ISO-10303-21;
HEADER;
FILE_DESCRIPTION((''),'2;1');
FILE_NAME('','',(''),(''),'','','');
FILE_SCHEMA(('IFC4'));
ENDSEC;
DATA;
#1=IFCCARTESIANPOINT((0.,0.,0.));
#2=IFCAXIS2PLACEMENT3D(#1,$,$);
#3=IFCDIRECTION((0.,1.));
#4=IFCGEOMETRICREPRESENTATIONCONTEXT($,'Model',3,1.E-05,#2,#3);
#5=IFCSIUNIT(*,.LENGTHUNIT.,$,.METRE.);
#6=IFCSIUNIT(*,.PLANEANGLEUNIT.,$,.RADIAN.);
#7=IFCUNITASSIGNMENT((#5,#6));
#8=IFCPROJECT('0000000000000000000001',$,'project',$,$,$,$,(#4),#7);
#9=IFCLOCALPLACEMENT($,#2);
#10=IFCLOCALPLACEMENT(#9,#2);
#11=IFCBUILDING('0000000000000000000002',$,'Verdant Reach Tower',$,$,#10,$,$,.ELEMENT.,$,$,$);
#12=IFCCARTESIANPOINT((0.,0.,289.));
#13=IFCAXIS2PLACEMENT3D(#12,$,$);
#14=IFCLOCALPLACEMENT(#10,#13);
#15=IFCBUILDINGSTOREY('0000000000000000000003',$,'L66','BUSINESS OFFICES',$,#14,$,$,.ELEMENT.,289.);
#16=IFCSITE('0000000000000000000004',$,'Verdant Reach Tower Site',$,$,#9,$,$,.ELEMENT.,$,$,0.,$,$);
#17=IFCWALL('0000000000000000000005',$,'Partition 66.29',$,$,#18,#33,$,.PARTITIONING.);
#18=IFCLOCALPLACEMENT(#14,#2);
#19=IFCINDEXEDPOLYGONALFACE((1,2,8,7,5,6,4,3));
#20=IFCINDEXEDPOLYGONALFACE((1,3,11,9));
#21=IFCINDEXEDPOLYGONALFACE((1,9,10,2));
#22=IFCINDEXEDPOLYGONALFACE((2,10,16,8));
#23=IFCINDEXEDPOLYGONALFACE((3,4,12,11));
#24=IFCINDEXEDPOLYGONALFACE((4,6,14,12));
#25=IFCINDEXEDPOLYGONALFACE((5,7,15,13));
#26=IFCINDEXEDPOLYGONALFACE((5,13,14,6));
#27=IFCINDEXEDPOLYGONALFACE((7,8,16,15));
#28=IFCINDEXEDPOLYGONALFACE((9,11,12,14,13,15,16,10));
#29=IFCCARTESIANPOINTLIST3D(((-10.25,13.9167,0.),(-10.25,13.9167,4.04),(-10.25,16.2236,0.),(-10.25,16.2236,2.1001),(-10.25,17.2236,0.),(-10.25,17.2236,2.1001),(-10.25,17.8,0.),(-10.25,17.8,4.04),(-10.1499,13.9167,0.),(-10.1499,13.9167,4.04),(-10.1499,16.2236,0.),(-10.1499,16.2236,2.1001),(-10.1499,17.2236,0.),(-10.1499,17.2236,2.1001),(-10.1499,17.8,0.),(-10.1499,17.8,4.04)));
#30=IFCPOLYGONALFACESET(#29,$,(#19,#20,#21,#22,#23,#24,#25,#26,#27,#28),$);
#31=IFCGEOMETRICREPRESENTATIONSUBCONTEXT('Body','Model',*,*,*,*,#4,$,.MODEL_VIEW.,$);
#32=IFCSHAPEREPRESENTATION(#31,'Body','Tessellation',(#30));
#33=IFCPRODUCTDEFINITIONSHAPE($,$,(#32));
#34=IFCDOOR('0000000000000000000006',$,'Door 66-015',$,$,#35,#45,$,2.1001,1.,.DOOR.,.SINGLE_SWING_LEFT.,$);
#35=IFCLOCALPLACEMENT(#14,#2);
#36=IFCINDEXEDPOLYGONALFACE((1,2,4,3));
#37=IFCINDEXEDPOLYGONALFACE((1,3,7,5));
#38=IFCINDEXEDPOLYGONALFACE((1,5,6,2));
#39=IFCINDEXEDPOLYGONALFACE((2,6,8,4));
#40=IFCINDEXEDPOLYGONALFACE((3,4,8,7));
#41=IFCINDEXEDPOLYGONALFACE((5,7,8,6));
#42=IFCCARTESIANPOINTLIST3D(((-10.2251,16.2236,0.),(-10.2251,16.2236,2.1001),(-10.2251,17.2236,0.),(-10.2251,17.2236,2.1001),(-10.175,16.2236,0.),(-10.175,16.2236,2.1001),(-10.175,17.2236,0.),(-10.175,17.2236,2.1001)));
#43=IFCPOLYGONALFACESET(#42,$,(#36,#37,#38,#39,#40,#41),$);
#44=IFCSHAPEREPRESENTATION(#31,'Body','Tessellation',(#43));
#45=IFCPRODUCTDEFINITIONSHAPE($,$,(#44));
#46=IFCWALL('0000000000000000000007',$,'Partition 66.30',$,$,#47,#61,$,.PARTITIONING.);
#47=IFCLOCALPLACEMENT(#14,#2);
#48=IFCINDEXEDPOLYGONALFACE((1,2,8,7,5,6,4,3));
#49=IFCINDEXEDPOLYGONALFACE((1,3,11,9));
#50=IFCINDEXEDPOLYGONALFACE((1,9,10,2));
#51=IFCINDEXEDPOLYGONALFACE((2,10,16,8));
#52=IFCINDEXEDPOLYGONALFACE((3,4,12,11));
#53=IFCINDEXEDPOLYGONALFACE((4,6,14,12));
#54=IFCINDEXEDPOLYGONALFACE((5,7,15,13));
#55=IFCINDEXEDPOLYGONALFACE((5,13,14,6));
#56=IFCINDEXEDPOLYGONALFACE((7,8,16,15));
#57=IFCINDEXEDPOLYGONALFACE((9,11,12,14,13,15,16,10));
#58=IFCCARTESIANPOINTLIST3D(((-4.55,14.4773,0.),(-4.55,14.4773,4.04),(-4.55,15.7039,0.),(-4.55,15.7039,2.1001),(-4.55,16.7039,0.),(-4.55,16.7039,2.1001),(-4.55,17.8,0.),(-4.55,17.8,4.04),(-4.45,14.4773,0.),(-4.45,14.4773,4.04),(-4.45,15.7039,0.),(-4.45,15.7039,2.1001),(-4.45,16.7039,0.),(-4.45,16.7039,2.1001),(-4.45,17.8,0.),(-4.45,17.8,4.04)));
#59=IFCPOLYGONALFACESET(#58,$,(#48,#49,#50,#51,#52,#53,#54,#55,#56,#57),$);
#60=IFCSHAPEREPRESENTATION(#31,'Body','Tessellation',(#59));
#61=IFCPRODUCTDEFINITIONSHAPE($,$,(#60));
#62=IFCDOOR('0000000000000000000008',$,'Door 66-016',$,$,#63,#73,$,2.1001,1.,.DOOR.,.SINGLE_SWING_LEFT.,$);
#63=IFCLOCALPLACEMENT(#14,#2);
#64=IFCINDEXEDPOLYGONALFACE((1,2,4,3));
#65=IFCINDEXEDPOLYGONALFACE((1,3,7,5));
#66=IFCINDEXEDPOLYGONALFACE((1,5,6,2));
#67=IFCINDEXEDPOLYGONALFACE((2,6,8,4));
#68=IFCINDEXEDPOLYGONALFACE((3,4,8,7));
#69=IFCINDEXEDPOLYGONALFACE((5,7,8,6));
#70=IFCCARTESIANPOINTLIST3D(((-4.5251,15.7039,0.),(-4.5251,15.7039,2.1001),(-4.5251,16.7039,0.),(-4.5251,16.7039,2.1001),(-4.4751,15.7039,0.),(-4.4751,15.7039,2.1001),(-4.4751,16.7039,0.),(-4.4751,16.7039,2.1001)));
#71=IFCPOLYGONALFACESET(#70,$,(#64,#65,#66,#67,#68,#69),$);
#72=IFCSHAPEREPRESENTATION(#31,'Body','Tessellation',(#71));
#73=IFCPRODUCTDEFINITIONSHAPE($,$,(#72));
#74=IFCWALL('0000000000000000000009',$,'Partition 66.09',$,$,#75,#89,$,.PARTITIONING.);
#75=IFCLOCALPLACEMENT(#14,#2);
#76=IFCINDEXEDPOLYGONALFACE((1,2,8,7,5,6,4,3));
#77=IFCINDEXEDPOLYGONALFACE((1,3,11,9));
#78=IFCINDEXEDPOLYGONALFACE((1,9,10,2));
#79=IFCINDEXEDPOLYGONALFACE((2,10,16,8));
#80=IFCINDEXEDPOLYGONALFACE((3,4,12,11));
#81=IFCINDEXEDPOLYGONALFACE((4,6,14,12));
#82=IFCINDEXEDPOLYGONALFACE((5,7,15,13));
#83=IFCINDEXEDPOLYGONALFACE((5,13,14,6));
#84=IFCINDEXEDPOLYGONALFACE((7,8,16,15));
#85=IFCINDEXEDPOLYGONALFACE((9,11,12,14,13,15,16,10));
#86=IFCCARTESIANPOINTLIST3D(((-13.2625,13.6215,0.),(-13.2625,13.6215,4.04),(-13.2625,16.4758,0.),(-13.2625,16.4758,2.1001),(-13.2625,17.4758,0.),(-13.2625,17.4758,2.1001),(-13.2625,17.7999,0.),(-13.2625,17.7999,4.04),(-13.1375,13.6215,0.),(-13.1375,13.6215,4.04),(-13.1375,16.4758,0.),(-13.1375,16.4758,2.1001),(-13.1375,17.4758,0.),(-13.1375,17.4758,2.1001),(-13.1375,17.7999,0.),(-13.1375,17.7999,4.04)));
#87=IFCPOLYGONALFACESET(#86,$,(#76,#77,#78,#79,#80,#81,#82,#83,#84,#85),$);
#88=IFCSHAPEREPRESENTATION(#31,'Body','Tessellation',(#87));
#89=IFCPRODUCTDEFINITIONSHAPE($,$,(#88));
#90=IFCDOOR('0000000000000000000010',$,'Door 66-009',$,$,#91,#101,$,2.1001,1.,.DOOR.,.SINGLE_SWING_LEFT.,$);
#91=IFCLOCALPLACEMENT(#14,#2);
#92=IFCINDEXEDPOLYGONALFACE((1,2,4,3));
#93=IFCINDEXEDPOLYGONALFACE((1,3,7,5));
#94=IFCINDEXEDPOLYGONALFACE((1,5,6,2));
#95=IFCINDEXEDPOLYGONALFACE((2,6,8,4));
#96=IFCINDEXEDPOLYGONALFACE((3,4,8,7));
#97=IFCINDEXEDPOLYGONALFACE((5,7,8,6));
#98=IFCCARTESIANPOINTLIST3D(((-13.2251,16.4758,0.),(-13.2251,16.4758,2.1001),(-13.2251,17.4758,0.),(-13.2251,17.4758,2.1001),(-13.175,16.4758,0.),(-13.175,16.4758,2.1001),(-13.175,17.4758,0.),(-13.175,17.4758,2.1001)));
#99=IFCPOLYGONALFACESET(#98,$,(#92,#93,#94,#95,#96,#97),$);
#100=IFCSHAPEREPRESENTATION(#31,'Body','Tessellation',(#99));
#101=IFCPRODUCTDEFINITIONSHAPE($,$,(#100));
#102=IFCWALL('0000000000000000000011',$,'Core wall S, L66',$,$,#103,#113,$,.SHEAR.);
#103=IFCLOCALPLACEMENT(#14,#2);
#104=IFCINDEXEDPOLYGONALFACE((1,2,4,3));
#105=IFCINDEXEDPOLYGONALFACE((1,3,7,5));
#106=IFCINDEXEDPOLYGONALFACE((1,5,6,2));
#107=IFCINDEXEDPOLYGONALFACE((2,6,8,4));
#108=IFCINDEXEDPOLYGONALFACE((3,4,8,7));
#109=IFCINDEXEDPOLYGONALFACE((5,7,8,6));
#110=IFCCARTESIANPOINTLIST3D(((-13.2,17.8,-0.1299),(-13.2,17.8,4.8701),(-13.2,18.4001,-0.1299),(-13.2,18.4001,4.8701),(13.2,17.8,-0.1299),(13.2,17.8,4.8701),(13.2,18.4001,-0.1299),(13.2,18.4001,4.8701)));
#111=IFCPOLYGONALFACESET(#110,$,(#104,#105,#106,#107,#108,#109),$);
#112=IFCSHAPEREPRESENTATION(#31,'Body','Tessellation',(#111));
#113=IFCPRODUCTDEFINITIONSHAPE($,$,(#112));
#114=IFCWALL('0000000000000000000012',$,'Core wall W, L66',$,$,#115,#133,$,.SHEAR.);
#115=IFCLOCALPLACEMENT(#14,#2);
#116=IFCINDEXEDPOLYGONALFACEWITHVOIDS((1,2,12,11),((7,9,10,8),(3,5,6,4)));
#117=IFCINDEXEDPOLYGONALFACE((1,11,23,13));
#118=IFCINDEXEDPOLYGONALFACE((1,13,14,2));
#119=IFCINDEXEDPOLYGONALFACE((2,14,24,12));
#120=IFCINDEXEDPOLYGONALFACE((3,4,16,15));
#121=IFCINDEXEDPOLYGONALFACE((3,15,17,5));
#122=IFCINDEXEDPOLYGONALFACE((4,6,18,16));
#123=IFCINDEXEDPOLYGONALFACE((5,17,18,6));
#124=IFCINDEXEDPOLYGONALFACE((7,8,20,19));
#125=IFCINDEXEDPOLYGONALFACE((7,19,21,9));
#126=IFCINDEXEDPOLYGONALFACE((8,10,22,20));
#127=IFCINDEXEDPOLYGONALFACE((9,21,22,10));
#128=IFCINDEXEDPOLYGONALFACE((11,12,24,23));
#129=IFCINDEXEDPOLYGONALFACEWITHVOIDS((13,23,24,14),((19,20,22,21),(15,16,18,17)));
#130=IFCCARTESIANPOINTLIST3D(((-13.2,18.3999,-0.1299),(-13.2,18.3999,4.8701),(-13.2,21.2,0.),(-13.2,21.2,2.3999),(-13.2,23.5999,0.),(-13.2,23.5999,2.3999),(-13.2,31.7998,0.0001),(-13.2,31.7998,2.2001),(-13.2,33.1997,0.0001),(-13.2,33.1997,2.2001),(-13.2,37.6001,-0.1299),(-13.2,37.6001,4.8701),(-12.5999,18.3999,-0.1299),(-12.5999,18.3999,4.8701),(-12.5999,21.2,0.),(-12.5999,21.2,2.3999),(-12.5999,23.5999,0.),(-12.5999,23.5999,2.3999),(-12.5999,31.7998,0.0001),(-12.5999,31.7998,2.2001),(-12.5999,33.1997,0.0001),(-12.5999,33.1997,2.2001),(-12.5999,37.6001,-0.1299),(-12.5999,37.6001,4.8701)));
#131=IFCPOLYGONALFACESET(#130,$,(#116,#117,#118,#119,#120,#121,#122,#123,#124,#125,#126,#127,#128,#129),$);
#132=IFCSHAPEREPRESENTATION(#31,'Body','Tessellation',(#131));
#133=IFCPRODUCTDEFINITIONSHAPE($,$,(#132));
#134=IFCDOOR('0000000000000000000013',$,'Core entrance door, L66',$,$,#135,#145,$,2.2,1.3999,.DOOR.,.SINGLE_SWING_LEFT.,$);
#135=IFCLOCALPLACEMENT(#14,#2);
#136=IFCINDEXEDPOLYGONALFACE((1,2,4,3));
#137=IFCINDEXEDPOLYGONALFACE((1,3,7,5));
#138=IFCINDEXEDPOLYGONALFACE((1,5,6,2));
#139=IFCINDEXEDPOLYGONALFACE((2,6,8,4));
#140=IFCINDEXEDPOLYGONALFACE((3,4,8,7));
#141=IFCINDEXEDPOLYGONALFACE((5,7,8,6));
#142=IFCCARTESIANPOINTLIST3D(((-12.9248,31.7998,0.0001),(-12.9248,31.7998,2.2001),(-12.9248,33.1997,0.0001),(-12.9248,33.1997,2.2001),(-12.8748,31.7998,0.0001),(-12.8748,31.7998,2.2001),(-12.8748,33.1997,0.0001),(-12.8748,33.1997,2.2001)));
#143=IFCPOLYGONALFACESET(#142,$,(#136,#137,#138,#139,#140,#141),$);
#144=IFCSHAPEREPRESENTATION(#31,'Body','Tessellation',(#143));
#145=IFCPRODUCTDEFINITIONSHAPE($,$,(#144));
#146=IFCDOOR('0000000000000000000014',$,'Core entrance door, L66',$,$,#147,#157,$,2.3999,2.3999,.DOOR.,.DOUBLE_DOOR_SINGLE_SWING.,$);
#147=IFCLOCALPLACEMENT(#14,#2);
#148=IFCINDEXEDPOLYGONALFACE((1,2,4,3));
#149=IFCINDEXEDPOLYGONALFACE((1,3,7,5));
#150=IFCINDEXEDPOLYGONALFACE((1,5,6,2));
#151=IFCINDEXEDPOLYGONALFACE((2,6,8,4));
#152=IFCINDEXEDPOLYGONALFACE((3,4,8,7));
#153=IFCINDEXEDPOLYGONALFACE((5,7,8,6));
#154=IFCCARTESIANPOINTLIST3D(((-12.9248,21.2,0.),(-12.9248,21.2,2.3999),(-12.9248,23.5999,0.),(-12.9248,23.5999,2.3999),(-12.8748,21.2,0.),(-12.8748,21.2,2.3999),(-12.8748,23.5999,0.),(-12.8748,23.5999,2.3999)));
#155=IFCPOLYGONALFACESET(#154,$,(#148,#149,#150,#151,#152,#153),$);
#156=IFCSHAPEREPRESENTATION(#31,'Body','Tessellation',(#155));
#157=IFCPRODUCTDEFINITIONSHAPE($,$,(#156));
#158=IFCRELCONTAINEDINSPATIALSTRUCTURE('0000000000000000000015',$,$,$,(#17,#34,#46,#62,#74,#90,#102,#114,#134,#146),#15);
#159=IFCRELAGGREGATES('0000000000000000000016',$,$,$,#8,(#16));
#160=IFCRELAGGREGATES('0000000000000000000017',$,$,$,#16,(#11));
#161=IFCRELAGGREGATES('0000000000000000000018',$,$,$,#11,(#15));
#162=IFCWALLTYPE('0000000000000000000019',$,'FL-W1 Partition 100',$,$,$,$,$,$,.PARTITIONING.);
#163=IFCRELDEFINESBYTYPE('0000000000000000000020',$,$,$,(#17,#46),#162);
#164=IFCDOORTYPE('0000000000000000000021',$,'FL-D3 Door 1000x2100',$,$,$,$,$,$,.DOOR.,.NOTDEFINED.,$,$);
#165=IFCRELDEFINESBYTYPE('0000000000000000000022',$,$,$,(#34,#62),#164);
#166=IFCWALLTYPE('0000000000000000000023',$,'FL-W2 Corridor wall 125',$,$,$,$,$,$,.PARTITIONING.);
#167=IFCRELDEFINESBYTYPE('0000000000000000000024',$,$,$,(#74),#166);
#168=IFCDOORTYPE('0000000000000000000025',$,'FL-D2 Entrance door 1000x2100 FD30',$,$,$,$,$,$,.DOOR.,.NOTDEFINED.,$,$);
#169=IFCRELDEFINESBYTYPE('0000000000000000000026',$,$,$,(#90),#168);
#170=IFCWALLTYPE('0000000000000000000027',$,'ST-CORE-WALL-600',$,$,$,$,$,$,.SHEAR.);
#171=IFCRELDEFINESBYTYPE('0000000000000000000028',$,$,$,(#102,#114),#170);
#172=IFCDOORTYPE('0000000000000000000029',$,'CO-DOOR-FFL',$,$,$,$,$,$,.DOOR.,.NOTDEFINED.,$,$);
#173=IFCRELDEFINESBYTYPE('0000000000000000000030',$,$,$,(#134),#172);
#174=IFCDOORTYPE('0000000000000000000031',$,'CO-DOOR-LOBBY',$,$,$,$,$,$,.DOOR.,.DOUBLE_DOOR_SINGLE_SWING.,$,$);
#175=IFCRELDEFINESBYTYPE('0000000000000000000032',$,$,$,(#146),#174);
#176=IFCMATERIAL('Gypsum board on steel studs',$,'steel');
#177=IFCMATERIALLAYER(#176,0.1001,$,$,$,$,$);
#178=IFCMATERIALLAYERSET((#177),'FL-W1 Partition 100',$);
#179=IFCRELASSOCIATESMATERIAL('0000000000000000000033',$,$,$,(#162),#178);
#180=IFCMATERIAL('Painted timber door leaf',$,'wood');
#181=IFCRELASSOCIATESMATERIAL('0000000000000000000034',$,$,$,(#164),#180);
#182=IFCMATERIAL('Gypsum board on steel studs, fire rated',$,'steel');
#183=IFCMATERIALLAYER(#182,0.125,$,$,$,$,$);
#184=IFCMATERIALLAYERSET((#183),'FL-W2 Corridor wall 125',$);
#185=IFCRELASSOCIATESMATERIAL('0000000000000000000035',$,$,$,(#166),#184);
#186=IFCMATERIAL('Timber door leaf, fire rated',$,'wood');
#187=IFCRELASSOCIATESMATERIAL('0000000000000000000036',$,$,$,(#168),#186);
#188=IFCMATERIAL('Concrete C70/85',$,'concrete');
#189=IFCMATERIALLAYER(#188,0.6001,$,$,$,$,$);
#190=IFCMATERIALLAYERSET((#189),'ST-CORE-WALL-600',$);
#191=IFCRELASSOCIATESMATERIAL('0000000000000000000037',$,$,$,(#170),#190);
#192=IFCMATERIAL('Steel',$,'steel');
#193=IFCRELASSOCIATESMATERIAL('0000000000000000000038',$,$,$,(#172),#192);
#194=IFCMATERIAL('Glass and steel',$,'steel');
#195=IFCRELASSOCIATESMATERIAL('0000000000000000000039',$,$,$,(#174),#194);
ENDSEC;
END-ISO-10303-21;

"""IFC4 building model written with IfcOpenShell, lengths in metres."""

from ifc_helpers import new_model, si_unit, direction, frame, frame_2d, origin, place, context, subcontext, project, spatial, rectangle, extrude, material, layer, layer_set, type_object, element, fill, save


model = new_model("IFC4")

# Units and contexts
model_context = context("Model", 3, precision=1e-05, world=origin(), true_north=direction((0.0, 1.0)))
body_context = subcontext(model_context, "Body", "Model", "MODEL_VIEW")
ifc_project = project(units=[si_unit("LENGTHUNIT", "METRE"), si_unit("PLANEANGLEUNIT", "RADIAN")], contexts=[model_context])

# Site, building, storey
site_placement = place(None, origin())
site = spatial("IfcSite", under=ifc_project, at=site_placement, Name="Verdant Reach Tower Site", CompositionType="ELEMENT", RefElevation=0.0)
building_placement = place(site_placement, origin())
building = spatial("IfcBuilding", under=site, at=building_placement, Name="Verdant Reach Tower", CompositionType="ELEMENT")
storey_placement = place(building_placement, frame((0.0, 0.0, 289.0)))
storey = spatial("IfcBuildingStorey", under=building, at=storey_placement, Name="L66", Description="BUSINESS OFFICES", CompositionType="ELEMENT", Elevation=289.0)

# Shared definitions
ifc_material_1 = material(Name="Gypsum board on steel studs", Category="steel")

# Walls, openings, doors
ifc_layer_1 = layer(ifc_material_1, 0.1001)
ifc_layer_set_1 = layer_set([ifc_layer_1], Name="FL-W1 Partition 100")
wall_type_1 = type_object("IfcWallType", Name="FL-W1 Partition 100", PredefinedType="PARTITIONING", material=ifc_layer_set_1)
wall_1_placement = place(storey_placement, frame((-10.2, 17.8, 0.0), z_axis=(0.0, 0.0, 1.0), x_axis=(0.0, -1.0, 0.0)))
wall_1 = element("IfcWall", 1, at=wall_1_placement, inside=storey, type_object=wall_type_1, Name="Partition 66.29", PredefinedType="PARTITIONING", context=body_context, shape_type="SweptSolid", body=[
    extrude(rectangle(XDim=3.8833, YDim=0.1001, at=frame_2d((1.9417, 0.0))), origin(), (0.0, 0.0, 1.0), 4.04),
])
opening_1_placement = place(wall_1_placement, frame((0.5764, 0.0, 0.0)))
opening_1 = element("IfcOpeningElement", 2, at=opening_1_placement, cuts=wall_1, PredefinedType="OPENING", context=body_context, shape_type="SweptSolid", body=[
    extrude(rectangle(XDim=1.0, YDim=2.1001, at=frame_2d((0.5, 1.05))), frame((0.0, 0.0601, 0.0), z_axis=(0.0, -1.0, 0.0), x_axis=(1.0, 0.0, 0.0)), (0.0, 0.0, 1.0), 0.1201),
])
ifc_material_2 = material(Name="Painted timber door leaf", Category="wood")
door_type_1 = type_object("IfcDoorType", Name="FL-D3 Door 1000x2100", OperationType="NOTDEFINED", PredefinedType="DOOR", material=ifc_material_2)
door_1_placement = place(opening_1_placement, origin())
door_1 = element("IfcDoor", 3, at=door_1_placement, inside=storey, type_object=door_type_1, Name="Door 66-015", OperationType="SINGLE_SWING_LEFT", OverallHeight=2.1001, OverallWidth=1.0, PredefinedType="DOOR", context=body_context, shape_type="SweptSolid", body=[
    extrude(rectangle(XDim=1.0, YDim=2.1001, at=frame_2d((0.5, 1.05))), frame((0.0, 0.0249, 0.0), z_axis=(0.0, -1.0, 0.0), x_axis=(1.0, 0.0, 0.0)), (0.0, 0.0, 1.0), 0.05),
])
fill(opening_1, door_1)
wall_2_placement = place(storey_placement, frame((-4.5, 17.8, 0.0), z_axis=(0.0, 0.0, 1.0), x_axis=(0.0, -1.0, 0.0)))
wall_2 = element("IfcWall", 4, at=wall_2_placement, inside=storey, type_object=wall_type_1, Name="Partition 66.30", PredefinedType="PARTITIONING", context=body_context, shape_type="SweptSolid", body=[
    extrude(rectangle(XDim=3.3228, YDim=0.1001, at=frame_2d((1.6614, 0.0))), origin(), (0.0, 0.0, 1.0), 4.04),
])
opening_2_placement = place(wall_2_placement, frame((1.0962, 0.0, 0.0)))
opening_2 = element("IfcOpeningElement", 5, at=opening_2_placement, cuts=wall_2, PredefinedType="OPENING", context=body_context, shape_type="SweptSolid", body=[
    extrude(rectangle(XDim=1.0, YDim=2.1001, at=frame_2d((0.5, 1.05))), frame((0.0, 0.0601, 0.0), z_axis=(0.0, -1.0, 0.0), x_axis=(1.0, 0.0, 0.0)), (0.0, 0.0, 1.0), 0.1201),
])
door_2_placement = place(opening_2_placement, origin())
door_2 = element("IfcDoor", 6, at=door_2_placement, inside=storey, type_object=door_type_1, Name="Door 66-016", OperationType="SINGLE_SWING_LEFT", OverallHeight=2.1001, OverallWidth=1.0, PredefinedType="DOOR", context=body_context, shape_type="SweptSolid", body=[
    extrude(rectangle(XDim=1.0, YDim=2.1001, at=frame_2d((0.5, 1.05))), frame((0.0, 0.0249, 0.0), z_axis=(0.0, -1.0, 0.0), x_axis=(1.0, 0.0, 0.0)), (0.0, 0.0, 1.0), 0.05),
])
fill(opening_2, door_2)
ifc_material_3 = material(Name="Gypsum board on steel studs, fire rated", Category="steel")
ifc_layer_2 = layer(ifc_material_3, 0.125)
ifc_layer_set_2 = layer_set([ifc_layer_2], Name="FL-W2 Corridor wall 125")
wall_type_2 = type_object("IfcWallType", Name="FL-W2 Corridor wall 125", PredefinedType="PARTITIONING", material=ifc_layer_set_2)
wall_3_placement = place(storey_placement, frame((-13.2, 17.8, 0.0), z_axis=(0.0, 0.0, 1.0), x_axis=(0.0, -1.0, 0.0)))
wall_3 = element("IfcWall", 7, at=wall_3_placement, inside=storey, type_object=wall_type_2, Name="Partition 66.09", PredefinedType="PARTITIONING", context=body_context, shape_type="SweptSolid", body=[
    extrude(rectangle(XDim=4.1785, YDim=0.125, at=frame_2d((2.0894, 0.0))), origin(), (0.0, 0.0, 1.0), 4.04),
])
opening_3_placement = place(wall_3_placement, frame((0.3242, 0.0, 0.0)))
opening_3 = element("IfcOpeningElement", 8, at=opening_3_placement, cuts=wall_3, PredefinedType="OPENING", context=body_context, shape_type="SweptSolid", body=[
    extrude(rectangle(XDim=1.0, YDim=2.1001, at=frame_2d((0.5, 1.05))), frame((0.0, 0.0725, 0.0), z_axis=(0.0, -1.0, 0.0), x_axis=(1.0, 0.0, 0.0)), (0.0, 0.0, 1.0), 0.145),
])
ifc_material_4 = material(Name="Timber door leaf, fire rated", Category="wood")
door_type_2 = type_object("IfcDoorType", Name="FL-D2 Entrance door 1000x2100 FD30", OperationType="NOTDEFINED", PredefinedType="DOOR", material=ifc_material_4)
door_3_placement = place(opening_3_placement, origin())
door_3 = element("IfcDoor", 9, at=door_3_placement, inside=storey, type_object=door_type_2, Name="Door 66-009", OperationType="SINGLE_SWING_LEFT", OverallHeight=2.1001, OverallWidth=1.0, PredefinedType="DOOR", context=body_context, shape_type="SweptSolid", body=[
    extrude(rectangle(XDim=1.0, YDim=2.1001, at=frame_2d((0.5, 1.05))), frame((0.0, 0.0249, 0.0), z_axis=(0.0, -1.0, 0.0), x_axis=(1.0, 0.0, 0.0)), (0.0, 0.0, 1.0), 0.05),
])
fill(opening_3, door_3)

# Wall
ifc_material_5 = material(Name="Concrete C70/85", Category="concrete")
ifc_layer_3 = layer(ifc_material_5, 0.6001)
ifc_layer_set_3 = layer_set([ifc_layer_3], Name="ST-CORE-WALL-600")
wall_type_3 = type_object("IfcWallType", Name="ST-CORE-WALL-600", PredefinedType="SHEAR", material=ifc_layer_set_3)
wall_4_placement = place(storey_placement, frame((-13.2, 18.1001, -0.1299), z_axis=(0.0, 0.0, 1.0), x_axis=(1.0, 0.0, 0.0)))
element("IfcWall", 10, at=wall_4_placement, inside=storey, type_object=wall_type_3, Name="Core wall S, L66", PredefinedType="SHEAR", context=body_context, shape_type="SweptSolid", body=[
    extrude(rectangle(XDim=26.3999, YDim=0.6001, at=frame_2d((13.2, 0.0))), origin(), (0.0, 0.0, 1.0), 5.0),
])

# Wall, openings, doors
wall_5_placement = place(storey_placement, frame((-12.8999, 18.3999, -0.1299), z_axis=(0.0, 0.0, 1.0), x_axis=(0.0, 1.0, 0.0)))
wall_5 = element("IfcWall", 11, at=wall_5_placement, inside=storey, type_object=wall_type_3, Name="Core wall W, L66", PredefinedType="SHEAR", context=body_context, shape_type="SweptSolid", body=[
    extrude(rectangle(XDim=19.2002, YDim=0.6001, at=frame_2d((9.6001, 0.0))), origin(), (0.0, 0.0, 1.0), 5.0),
])
opening_4_placement = place(wall_5_placement, frame((2.8, 0.0, 0.1299)))
opening_4 = element("IfcOpeningElement", 12, at=opening_4_placement, cuts=wall_5, PredefinedType="OPENING", context=body_context, shape_type="SweptSolid", body=[
    extrude(rectangle(XDim=2.3999, YDim=2.3999, at=frame_2d((1.2, 1.2))), frame((0.0, 0.3101, 0.0), z_axis=(0.0, -1.0, 0.0), x_axis=(1.0, 0.0, 0.0)), (0.0, 0.0, 1.0), 0.6201),
])
opening_5_placement = place(wall_5_placement, frame((13.3999, 0.0, 0.1299)))
opening_5 = element("IfcOpeningElement", 13, at=opening_5_placement, cuts=wall_5, PredefinedType="OPENING", context=body_context, shape_type="SweptSolid", body=[
    extrude(rectangle(XDim=1.3999, YDim=2.2, at=frame_2d((0.7, 1.1001))), frame((0.0, 0.3101, 0.0), z_axis=(0.0, -1.0, 0.0), x_axis=(1.0, 0.0, 0.0)), (0.0, 0.0, 1.0), 0.6201),
])
ifc_material_6 = material(Name="Steel", Category="steel")
door_type_3 = type_object("IfcDoorType", Name="CO-DOOR-FFL", OperationType="NOTDEFINED", PredefinedType="DOOR", material=ifc_material_6)
door_4_placement = place(opening_5_placement, origin())
door_4 = element("IfcDoor", 14, at=door_4_placement, inside=storey, type_object=door_type_3, Name="Core entrance door, L66", OperationType="SINGLE_SWING_LEFT", OverallHeight=2.2, OverallWidth=1.3999, PredefinedType="DOOR", context=body_context, shape_type="SweptSolid", body=[
    extrude(rectangle(XDim=1.3999, YDim=2.2, at=frame_2d((0.7, 1.1001))), frame((0.0, 0.0249, 0.0), z_axis=(0.0, -1.0, 0.0), x_axis=(1.0, 0.0, 0.0)), (0.0, 0.0, 1.0), 0.05),
])
fill(opening_5, door_4)
ifc_material_7 = material(Name="Glass and steel", Category="steel")
door_type_4 = type_object("IfcDoorType", Name="CO-DOOR-LOBBY", OperationType="DOUBLE_DOOR_SINGLE_SWING", PredefinedType="DOOR", material=ifc_material_7)
door_5_placement = place(opening_4_placement, origin())
door_5 = element("IfcDoor", 15, at=door_5_placement, inside=storey, type_object=door_type_4, Name="Core entrance door, L66", OperationType="DOUBLE_DOOR_SINGLE_SWING", OverallHeight=2.3999, OverallWidth=2.3999, PredefinedType="DOOR", context=body_context, shape_type="SweptSolid", body=[
    extrude(rectangle(XDim=2.3999, YDim=2.3999, at=frame_2d((1.2, 1.2))), frame((0.0, 0.0249, 0.0), z_axis=(0.0, -1.0, 0.0), x_axis=(1.0, 0.0, 0.0)), (0.0, 0.0, 1.0), 0.05),
])
fill(opening_4, door_5)

save(model, "model.ifc")
